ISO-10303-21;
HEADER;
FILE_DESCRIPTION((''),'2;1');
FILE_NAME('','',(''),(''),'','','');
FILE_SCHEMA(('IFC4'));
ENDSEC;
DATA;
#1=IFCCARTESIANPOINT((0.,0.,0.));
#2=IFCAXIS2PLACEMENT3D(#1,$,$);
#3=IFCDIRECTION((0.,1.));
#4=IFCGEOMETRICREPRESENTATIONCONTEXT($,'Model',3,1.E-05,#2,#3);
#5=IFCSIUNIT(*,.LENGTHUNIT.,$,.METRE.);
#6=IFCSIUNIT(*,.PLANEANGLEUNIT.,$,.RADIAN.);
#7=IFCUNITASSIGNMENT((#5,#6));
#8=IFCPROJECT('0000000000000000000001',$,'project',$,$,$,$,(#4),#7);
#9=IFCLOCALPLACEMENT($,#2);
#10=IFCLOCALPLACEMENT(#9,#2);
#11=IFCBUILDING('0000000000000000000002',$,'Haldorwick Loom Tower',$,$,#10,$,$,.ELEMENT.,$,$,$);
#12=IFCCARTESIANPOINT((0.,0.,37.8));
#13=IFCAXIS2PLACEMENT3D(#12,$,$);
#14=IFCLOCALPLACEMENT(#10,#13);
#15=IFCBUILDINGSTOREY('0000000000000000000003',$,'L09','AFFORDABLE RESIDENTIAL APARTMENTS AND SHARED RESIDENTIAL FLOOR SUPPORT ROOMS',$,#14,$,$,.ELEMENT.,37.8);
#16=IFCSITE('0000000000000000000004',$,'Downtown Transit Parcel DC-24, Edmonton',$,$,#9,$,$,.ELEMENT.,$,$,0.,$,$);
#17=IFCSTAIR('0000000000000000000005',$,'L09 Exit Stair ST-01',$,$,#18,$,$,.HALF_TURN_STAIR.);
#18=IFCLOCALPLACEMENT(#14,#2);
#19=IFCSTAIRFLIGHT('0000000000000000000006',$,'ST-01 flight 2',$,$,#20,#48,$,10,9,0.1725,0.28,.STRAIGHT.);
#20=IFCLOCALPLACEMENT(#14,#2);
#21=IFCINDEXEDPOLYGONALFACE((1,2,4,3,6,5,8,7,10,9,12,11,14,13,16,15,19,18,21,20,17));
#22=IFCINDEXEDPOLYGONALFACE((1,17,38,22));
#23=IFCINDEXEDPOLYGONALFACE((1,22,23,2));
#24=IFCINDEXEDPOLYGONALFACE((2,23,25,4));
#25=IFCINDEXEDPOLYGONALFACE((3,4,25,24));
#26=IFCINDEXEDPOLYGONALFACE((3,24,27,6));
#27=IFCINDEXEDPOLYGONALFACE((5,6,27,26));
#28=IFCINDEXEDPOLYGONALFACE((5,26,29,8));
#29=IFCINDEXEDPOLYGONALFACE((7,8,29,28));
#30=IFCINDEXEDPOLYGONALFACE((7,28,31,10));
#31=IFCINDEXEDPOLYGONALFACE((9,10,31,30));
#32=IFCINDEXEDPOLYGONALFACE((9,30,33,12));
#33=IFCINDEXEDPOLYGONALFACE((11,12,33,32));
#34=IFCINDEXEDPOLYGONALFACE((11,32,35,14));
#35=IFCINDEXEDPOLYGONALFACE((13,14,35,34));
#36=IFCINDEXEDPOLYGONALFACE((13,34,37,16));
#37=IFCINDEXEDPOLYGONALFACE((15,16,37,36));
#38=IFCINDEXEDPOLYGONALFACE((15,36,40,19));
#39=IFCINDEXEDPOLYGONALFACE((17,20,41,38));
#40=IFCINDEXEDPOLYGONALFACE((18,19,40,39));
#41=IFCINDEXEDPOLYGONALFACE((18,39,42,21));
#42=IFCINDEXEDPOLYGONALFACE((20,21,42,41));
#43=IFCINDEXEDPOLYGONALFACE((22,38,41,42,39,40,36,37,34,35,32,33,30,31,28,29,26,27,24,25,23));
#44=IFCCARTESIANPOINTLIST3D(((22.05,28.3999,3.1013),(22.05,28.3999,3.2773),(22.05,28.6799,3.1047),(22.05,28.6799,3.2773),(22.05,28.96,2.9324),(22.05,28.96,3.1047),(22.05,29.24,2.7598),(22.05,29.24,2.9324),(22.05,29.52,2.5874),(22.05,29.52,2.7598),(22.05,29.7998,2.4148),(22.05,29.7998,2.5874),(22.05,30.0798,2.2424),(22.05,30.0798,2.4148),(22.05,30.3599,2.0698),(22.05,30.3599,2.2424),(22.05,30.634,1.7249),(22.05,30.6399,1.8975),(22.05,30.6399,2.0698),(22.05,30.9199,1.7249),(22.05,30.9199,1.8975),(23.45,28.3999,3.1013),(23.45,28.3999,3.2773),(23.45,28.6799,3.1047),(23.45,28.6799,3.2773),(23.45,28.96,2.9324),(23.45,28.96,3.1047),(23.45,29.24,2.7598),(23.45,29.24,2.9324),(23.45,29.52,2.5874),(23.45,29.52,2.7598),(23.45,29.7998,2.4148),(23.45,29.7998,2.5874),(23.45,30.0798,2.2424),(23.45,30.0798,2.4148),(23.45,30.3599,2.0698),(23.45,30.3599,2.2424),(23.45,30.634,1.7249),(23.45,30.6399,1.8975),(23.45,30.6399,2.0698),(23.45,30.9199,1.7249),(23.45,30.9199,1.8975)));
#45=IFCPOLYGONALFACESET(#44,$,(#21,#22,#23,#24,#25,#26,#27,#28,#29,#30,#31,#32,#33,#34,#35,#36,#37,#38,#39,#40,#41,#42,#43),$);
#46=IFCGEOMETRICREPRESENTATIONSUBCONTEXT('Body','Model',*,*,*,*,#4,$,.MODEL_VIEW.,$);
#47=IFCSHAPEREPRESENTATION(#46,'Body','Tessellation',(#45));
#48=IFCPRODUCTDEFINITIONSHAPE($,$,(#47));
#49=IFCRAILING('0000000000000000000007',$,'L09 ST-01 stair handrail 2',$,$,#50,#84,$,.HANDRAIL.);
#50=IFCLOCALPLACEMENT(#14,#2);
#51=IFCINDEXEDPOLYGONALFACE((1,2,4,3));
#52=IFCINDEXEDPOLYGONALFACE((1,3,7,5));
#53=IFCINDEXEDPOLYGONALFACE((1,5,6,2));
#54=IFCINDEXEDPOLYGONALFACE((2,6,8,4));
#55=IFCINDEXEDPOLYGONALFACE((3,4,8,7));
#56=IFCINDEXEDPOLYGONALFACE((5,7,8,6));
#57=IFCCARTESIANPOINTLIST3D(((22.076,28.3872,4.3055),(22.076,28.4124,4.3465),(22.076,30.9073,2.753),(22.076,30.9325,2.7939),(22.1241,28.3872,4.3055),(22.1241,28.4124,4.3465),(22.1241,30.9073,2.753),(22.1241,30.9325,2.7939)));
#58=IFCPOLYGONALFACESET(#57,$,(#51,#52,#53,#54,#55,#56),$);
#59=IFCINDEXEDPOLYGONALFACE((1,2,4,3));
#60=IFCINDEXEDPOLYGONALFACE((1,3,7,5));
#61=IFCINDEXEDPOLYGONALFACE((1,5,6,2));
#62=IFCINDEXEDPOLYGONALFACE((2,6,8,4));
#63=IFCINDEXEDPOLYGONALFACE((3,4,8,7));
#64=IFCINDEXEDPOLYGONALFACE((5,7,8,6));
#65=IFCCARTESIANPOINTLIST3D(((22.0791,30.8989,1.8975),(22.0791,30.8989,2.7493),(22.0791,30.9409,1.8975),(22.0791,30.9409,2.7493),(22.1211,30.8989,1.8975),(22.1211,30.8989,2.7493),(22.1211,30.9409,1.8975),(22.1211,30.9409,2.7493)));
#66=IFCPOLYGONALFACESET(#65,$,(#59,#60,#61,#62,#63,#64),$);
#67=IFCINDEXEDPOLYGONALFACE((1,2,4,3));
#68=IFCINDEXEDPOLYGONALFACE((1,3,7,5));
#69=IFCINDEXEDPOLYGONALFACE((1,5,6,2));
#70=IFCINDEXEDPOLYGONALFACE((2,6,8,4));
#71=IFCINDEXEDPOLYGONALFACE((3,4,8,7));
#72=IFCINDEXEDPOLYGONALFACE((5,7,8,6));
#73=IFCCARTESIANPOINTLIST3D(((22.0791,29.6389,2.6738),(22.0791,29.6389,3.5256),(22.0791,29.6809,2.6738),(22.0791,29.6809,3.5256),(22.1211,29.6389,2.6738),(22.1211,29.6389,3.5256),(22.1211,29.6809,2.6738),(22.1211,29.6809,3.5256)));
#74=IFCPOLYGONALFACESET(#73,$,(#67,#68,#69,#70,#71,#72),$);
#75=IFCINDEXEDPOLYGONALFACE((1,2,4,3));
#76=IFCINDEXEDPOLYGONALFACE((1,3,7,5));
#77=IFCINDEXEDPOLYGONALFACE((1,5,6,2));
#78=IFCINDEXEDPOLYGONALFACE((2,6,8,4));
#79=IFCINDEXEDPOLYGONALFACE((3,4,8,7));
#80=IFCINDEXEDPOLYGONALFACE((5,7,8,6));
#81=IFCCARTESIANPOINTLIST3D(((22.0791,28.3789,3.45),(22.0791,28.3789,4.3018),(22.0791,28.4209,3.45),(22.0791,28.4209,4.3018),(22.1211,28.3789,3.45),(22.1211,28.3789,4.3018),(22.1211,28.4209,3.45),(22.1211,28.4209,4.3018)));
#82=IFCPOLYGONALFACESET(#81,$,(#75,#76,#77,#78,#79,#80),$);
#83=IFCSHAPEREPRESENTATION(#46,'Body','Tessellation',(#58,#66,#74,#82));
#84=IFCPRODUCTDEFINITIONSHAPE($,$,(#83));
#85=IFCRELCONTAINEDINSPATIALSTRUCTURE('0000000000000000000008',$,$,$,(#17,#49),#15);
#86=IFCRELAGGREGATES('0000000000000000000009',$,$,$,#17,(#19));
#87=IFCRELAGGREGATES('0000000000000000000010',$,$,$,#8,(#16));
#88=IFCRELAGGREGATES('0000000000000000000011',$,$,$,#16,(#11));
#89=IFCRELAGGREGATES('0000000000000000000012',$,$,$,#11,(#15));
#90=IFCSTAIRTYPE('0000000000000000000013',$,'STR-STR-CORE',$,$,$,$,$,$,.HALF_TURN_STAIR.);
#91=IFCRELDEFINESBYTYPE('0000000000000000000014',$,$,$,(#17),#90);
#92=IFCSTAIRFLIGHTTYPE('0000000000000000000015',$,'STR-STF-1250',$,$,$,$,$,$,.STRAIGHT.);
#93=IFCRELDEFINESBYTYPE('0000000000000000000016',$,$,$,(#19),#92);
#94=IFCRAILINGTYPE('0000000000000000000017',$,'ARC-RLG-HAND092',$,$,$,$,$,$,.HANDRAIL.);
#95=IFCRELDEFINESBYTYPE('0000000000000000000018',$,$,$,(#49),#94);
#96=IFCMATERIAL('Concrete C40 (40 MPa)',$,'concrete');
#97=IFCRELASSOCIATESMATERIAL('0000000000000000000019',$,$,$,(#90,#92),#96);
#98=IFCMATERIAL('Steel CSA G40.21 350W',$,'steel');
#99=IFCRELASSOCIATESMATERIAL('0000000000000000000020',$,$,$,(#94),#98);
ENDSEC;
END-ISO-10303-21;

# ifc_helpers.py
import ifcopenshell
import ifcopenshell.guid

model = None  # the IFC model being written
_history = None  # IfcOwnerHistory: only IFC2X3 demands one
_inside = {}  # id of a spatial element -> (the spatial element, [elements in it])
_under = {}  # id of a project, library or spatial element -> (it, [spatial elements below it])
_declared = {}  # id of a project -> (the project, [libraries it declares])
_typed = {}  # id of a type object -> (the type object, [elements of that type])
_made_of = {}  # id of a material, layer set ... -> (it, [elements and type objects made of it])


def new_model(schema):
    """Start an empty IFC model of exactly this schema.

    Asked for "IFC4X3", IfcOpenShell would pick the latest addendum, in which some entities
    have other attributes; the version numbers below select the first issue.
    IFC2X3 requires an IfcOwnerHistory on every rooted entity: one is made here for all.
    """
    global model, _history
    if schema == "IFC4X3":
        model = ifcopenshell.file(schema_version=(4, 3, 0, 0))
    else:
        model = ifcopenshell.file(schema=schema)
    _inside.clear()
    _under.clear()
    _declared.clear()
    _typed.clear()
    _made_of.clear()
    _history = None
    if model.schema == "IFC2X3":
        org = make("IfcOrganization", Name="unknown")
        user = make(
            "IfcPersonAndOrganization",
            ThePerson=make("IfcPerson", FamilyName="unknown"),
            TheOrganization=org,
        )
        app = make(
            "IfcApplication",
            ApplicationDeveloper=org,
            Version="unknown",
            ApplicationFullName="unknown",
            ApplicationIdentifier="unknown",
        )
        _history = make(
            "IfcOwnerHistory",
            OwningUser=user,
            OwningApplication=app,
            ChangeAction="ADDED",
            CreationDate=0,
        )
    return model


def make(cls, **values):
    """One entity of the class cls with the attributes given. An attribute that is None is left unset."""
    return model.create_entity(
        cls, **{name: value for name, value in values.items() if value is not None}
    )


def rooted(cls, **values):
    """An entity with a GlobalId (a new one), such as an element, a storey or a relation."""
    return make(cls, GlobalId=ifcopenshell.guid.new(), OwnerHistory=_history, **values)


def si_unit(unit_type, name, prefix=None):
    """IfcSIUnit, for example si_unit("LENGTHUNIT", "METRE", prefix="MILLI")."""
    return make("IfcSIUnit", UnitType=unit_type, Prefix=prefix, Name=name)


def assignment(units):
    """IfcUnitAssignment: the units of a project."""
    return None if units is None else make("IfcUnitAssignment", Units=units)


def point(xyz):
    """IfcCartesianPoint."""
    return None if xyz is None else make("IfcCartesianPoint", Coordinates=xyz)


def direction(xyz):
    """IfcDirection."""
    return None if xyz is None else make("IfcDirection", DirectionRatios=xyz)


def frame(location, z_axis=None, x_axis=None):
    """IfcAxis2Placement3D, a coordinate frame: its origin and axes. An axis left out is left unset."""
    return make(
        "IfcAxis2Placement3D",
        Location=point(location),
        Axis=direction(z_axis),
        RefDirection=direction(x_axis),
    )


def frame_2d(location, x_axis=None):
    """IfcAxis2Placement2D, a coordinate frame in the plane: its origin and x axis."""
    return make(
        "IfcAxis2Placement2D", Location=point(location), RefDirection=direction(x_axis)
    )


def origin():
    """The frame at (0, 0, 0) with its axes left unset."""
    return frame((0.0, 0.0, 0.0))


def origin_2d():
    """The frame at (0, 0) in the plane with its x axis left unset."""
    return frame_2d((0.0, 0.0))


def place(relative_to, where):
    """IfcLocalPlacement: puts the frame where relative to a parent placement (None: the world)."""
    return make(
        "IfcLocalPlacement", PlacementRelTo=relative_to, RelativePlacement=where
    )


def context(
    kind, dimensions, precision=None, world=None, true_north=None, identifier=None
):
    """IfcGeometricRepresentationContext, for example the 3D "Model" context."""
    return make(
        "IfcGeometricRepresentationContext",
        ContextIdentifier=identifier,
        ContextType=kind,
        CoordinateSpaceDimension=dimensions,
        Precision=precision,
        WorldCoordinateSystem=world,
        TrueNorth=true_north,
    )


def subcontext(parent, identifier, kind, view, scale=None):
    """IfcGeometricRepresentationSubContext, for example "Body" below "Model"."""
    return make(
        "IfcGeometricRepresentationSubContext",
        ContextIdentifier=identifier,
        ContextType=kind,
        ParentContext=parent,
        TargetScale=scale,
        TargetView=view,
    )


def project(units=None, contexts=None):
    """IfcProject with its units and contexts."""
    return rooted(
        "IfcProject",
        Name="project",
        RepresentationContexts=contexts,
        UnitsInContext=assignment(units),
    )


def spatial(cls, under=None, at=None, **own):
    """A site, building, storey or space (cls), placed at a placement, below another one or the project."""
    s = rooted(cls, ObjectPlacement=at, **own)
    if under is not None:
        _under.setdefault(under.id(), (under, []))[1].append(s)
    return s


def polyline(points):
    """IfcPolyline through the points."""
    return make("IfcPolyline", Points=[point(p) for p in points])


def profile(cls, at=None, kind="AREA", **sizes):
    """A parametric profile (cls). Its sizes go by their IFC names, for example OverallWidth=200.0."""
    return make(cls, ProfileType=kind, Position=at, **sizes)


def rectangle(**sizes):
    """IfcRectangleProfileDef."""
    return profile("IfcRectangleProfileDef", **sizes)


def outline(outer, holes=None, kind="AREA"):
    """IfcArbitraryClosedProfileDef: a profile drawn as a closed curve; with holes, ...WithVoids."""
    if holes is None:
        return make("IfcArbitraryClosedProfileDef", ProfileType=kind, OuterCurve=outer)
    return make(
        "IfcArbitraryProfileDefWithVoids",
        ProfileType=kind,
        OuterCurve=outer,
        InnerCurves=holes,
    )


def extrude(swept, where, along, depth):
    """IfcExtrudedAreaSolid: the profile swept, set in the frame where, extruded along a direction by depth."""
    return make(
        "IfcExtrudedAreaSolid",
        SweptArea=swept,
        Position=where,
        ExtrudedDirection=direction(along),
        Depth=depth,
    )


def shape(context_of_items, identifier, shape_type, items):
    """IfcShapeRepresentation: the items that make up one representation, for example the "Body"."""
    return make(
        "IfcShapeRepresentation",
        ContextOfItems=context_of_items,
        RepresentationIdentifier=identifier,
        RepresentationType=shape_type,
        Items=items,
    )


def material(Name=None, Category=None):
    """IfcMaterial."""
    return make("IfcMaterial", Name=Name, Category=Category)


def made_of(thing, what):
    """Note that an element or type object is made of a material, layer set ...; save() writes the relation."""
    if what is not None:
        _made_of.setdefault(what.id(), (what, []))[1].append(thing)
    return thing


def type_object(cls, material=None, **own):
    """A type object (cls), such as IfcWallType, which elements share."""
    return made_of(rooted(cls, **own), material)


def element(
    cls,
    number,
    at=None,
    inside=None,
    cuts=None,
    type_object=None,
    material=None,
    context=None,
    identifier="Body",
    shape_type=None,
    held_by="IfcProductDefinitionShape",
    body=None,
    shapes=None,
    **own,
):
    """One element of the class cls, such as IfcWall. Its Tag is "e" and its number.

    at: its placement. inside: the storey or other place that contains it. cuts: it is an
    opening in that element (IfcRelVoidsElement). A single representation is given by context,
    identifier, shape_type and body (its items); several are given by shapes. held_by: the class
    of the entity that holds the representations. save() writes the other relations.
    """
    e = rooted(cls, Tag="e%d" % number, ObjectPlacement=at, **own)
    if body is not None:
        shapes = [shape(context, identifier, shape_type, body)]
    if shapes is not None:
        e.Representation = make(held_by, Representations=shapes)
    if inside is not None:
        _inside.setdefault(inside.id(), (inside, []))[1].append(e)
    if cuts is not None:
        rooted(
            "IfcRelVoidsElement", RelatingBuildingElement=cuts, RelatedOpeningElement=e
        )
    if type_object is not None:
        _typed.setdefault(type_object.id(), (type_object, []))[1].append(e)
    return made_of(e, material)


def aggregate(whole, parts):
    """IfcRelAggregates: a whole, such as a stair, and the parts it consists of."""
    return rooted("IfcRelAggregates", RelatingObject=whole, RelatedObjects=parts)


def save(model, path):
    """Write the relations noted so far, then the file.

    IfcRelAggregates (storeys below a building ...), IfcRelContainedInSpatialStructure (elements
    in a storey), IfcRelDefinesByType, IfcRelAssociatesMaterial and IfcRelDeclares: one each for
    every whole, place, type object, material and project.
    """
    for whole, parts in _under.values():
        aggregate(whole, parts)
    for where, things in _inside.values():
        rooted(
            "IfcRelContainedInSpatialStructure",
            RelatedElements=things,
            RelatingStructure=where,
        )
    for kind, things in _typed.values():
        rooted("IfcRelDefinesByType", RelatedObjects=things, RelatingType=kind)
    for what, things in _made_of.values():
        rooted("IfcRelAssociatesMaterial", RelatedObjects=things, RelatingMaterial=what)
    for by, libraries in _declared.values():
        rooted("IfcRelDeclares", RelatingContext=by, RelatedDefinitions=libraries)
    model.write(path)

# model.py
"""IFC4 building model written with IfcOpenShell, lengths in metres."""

from ifc_helpers import new_model, si_unit, direction, frame, origin, origin_2d, place, context, subcontext, project, spatial, polyline, rectangle, outline, extrude, material, type_object, element, aggregate, save


model = new_model("IFC4")

# Units and contexts
model_context = context("Model", 3, precision=1e-05, world=origin(), true_north=direction((0.0, 1.0)))
body_context = subcontext(model_context, "Body", "Model", "MODEL_VIEW")
ifc_project = project(units=[si_unit("LENGTHUNIT", "METRE"), si_unit("PLANEANGLEUNIT", "RADIAN")], contexts=[model_context])

# Site, building, storey
site_placement = place(None, origin())
site = spatial("IfcSite", under=ifc_project, at=site_placement, Name="Downtown Transit Parcel DC-24, Edmonton", CompositionType="ELEMENT", RefElevation=0.0)
building_placement = place(site_placement, origin())
building = spatial("IfcBuilding", under=site, at=building_placement, Name="Haldorwick Loom Tower", CompositionType="ELEMENT")
storey_placement = place(building_placement, frame((0.0, 0.0, 37.8)))
storey = spatial("IfcBuildingStorey", under=building, at=storey_placement, Name="L09", Description="AFFORDABLE RESIDENTIAL APARTMENTS AND SHARED RESIDENTIAL FLOOR SUPPORT ROOMS", CompositionType="ELEMENT", Elevation=37.8)

# Shared definitions
ifc_material_1 = material(Name="Steel CSA G40.21 350W", Category="steel")

# Stair, stair flight
ifc_material_2 = material(Name="Concrete C40 (40 MPa)", Category="concrete")
stair_type = type_object("IfcStairType", Name="STR-STR-CORE", PredefinedType="HALF_TURN_STAIR", material=ifc_material_2)
stair_placement = place(storey_placement, origin())
stair = element("IfcStair", 1, at=stair_placement, inside=storey, type_object=stair_type, Name="L09 Exit Stair ST-01", PredefinedType="HALF_TURN_STAIR")
stair_flight_type = type_object("IfcStairFlightType", Name="STR-STF-1250", PredefinedType="STRAIGHT", material=ifc_material_2)
stair_flight_placement = place(storey_placement, frame((22.75, 30.9199, 1.7249), z_axis=(0.0, 0.0, 1.0), x_axis=(0.0, -1.0, 0.0)))
stair_flight = element("IfcStairFlight", 2, at=stair_flight_placement, type_object=stair_flight_type, Name="ST-01 flight 2", NumberOfRisers=10, NumberOfTreads=9, PredefinedType="STRAIGHT", RiserHeight=0.1725, TreadLength=0.28, context=body_context, shape_type="SweptSolid", body=[
    extrude(outline(polyline([(0.0, 0.0), (0.0, 0.1726), (0.28, 0.1726), (0.28, 0.345), (0.5601, 0.345), (0.5601, 0.5176), (0.8401, 0.5176), (0.8401, 0.6899), (1.1201, 0.6899), (1.1201, 0.8625), (1.3999, 0.8625), (1.3999, 1.0349), (1.6799, 1.0349), (1.6799, 1.2075), (1.96, 1.2075), (1.96, 1.3799), (2.24, 1.3799), (2.24, 1.5525), (2.52, 1.5525), (2.52, 1.7251), (2.52, 1.3765), (0.2859, 0.0), (0.0, 0.0)])), frame((0.0, 0.7, 0.0), z_axis=(0.0, -1.0, 0.0), x_axis=(1.0, 0.0, 0.0)), (0.0, 0.0, 1.0), 1.3999),
])
aggregate(stair, [stair_flight])

# Railing
railing_type = type_object("IfcRailingType", Name="ARC-RLG-HAND092", PredefinedType="HANDRAIL", material=ifc_material_1)
railing_placement = place(storey_placement, frame((22.1001, 30.9199, 1.8975)))
element("IfcRailing", 3, at=railing_placement, inside=storey, type_object=railing_type, Name="L09 ST-01 stair handrail 2", PredefinedType="HANDRAIL", context=body_context, shape_type="SweptSolid", body=[
    extrude(rectangle(XDim=0.0481, YDim=0.0481, at=origin_2d()), frame((0.0, 0.0, 0.876), z_axis=(0.0, -0.8514, 0.524516), x_axis=(1.0, 0.0, 0.0)), (0.0, 0.0, 1.0), 2.96),
    extrude(rectangle(XDim=0.042, YDim=0.042, at=origin_2d()), origin(), (0.0, 0.0, 1.0), 0.8518),
    extrude(rectangle(XDim=0.042, YDim=0.042, at=origin_2d()), frame((0.0, -1.26, 0.7764)), (0.0, 0.0, 1.0), 0.8518),
    extrude(rectangle(XDim=0.042, YDim=0.042, at=origin_2d()), frame((0.0, -2.52, 1.5525)), (0.0, 0.0, 1.0), 0.8518),
])

save(model, "model.ifc")
